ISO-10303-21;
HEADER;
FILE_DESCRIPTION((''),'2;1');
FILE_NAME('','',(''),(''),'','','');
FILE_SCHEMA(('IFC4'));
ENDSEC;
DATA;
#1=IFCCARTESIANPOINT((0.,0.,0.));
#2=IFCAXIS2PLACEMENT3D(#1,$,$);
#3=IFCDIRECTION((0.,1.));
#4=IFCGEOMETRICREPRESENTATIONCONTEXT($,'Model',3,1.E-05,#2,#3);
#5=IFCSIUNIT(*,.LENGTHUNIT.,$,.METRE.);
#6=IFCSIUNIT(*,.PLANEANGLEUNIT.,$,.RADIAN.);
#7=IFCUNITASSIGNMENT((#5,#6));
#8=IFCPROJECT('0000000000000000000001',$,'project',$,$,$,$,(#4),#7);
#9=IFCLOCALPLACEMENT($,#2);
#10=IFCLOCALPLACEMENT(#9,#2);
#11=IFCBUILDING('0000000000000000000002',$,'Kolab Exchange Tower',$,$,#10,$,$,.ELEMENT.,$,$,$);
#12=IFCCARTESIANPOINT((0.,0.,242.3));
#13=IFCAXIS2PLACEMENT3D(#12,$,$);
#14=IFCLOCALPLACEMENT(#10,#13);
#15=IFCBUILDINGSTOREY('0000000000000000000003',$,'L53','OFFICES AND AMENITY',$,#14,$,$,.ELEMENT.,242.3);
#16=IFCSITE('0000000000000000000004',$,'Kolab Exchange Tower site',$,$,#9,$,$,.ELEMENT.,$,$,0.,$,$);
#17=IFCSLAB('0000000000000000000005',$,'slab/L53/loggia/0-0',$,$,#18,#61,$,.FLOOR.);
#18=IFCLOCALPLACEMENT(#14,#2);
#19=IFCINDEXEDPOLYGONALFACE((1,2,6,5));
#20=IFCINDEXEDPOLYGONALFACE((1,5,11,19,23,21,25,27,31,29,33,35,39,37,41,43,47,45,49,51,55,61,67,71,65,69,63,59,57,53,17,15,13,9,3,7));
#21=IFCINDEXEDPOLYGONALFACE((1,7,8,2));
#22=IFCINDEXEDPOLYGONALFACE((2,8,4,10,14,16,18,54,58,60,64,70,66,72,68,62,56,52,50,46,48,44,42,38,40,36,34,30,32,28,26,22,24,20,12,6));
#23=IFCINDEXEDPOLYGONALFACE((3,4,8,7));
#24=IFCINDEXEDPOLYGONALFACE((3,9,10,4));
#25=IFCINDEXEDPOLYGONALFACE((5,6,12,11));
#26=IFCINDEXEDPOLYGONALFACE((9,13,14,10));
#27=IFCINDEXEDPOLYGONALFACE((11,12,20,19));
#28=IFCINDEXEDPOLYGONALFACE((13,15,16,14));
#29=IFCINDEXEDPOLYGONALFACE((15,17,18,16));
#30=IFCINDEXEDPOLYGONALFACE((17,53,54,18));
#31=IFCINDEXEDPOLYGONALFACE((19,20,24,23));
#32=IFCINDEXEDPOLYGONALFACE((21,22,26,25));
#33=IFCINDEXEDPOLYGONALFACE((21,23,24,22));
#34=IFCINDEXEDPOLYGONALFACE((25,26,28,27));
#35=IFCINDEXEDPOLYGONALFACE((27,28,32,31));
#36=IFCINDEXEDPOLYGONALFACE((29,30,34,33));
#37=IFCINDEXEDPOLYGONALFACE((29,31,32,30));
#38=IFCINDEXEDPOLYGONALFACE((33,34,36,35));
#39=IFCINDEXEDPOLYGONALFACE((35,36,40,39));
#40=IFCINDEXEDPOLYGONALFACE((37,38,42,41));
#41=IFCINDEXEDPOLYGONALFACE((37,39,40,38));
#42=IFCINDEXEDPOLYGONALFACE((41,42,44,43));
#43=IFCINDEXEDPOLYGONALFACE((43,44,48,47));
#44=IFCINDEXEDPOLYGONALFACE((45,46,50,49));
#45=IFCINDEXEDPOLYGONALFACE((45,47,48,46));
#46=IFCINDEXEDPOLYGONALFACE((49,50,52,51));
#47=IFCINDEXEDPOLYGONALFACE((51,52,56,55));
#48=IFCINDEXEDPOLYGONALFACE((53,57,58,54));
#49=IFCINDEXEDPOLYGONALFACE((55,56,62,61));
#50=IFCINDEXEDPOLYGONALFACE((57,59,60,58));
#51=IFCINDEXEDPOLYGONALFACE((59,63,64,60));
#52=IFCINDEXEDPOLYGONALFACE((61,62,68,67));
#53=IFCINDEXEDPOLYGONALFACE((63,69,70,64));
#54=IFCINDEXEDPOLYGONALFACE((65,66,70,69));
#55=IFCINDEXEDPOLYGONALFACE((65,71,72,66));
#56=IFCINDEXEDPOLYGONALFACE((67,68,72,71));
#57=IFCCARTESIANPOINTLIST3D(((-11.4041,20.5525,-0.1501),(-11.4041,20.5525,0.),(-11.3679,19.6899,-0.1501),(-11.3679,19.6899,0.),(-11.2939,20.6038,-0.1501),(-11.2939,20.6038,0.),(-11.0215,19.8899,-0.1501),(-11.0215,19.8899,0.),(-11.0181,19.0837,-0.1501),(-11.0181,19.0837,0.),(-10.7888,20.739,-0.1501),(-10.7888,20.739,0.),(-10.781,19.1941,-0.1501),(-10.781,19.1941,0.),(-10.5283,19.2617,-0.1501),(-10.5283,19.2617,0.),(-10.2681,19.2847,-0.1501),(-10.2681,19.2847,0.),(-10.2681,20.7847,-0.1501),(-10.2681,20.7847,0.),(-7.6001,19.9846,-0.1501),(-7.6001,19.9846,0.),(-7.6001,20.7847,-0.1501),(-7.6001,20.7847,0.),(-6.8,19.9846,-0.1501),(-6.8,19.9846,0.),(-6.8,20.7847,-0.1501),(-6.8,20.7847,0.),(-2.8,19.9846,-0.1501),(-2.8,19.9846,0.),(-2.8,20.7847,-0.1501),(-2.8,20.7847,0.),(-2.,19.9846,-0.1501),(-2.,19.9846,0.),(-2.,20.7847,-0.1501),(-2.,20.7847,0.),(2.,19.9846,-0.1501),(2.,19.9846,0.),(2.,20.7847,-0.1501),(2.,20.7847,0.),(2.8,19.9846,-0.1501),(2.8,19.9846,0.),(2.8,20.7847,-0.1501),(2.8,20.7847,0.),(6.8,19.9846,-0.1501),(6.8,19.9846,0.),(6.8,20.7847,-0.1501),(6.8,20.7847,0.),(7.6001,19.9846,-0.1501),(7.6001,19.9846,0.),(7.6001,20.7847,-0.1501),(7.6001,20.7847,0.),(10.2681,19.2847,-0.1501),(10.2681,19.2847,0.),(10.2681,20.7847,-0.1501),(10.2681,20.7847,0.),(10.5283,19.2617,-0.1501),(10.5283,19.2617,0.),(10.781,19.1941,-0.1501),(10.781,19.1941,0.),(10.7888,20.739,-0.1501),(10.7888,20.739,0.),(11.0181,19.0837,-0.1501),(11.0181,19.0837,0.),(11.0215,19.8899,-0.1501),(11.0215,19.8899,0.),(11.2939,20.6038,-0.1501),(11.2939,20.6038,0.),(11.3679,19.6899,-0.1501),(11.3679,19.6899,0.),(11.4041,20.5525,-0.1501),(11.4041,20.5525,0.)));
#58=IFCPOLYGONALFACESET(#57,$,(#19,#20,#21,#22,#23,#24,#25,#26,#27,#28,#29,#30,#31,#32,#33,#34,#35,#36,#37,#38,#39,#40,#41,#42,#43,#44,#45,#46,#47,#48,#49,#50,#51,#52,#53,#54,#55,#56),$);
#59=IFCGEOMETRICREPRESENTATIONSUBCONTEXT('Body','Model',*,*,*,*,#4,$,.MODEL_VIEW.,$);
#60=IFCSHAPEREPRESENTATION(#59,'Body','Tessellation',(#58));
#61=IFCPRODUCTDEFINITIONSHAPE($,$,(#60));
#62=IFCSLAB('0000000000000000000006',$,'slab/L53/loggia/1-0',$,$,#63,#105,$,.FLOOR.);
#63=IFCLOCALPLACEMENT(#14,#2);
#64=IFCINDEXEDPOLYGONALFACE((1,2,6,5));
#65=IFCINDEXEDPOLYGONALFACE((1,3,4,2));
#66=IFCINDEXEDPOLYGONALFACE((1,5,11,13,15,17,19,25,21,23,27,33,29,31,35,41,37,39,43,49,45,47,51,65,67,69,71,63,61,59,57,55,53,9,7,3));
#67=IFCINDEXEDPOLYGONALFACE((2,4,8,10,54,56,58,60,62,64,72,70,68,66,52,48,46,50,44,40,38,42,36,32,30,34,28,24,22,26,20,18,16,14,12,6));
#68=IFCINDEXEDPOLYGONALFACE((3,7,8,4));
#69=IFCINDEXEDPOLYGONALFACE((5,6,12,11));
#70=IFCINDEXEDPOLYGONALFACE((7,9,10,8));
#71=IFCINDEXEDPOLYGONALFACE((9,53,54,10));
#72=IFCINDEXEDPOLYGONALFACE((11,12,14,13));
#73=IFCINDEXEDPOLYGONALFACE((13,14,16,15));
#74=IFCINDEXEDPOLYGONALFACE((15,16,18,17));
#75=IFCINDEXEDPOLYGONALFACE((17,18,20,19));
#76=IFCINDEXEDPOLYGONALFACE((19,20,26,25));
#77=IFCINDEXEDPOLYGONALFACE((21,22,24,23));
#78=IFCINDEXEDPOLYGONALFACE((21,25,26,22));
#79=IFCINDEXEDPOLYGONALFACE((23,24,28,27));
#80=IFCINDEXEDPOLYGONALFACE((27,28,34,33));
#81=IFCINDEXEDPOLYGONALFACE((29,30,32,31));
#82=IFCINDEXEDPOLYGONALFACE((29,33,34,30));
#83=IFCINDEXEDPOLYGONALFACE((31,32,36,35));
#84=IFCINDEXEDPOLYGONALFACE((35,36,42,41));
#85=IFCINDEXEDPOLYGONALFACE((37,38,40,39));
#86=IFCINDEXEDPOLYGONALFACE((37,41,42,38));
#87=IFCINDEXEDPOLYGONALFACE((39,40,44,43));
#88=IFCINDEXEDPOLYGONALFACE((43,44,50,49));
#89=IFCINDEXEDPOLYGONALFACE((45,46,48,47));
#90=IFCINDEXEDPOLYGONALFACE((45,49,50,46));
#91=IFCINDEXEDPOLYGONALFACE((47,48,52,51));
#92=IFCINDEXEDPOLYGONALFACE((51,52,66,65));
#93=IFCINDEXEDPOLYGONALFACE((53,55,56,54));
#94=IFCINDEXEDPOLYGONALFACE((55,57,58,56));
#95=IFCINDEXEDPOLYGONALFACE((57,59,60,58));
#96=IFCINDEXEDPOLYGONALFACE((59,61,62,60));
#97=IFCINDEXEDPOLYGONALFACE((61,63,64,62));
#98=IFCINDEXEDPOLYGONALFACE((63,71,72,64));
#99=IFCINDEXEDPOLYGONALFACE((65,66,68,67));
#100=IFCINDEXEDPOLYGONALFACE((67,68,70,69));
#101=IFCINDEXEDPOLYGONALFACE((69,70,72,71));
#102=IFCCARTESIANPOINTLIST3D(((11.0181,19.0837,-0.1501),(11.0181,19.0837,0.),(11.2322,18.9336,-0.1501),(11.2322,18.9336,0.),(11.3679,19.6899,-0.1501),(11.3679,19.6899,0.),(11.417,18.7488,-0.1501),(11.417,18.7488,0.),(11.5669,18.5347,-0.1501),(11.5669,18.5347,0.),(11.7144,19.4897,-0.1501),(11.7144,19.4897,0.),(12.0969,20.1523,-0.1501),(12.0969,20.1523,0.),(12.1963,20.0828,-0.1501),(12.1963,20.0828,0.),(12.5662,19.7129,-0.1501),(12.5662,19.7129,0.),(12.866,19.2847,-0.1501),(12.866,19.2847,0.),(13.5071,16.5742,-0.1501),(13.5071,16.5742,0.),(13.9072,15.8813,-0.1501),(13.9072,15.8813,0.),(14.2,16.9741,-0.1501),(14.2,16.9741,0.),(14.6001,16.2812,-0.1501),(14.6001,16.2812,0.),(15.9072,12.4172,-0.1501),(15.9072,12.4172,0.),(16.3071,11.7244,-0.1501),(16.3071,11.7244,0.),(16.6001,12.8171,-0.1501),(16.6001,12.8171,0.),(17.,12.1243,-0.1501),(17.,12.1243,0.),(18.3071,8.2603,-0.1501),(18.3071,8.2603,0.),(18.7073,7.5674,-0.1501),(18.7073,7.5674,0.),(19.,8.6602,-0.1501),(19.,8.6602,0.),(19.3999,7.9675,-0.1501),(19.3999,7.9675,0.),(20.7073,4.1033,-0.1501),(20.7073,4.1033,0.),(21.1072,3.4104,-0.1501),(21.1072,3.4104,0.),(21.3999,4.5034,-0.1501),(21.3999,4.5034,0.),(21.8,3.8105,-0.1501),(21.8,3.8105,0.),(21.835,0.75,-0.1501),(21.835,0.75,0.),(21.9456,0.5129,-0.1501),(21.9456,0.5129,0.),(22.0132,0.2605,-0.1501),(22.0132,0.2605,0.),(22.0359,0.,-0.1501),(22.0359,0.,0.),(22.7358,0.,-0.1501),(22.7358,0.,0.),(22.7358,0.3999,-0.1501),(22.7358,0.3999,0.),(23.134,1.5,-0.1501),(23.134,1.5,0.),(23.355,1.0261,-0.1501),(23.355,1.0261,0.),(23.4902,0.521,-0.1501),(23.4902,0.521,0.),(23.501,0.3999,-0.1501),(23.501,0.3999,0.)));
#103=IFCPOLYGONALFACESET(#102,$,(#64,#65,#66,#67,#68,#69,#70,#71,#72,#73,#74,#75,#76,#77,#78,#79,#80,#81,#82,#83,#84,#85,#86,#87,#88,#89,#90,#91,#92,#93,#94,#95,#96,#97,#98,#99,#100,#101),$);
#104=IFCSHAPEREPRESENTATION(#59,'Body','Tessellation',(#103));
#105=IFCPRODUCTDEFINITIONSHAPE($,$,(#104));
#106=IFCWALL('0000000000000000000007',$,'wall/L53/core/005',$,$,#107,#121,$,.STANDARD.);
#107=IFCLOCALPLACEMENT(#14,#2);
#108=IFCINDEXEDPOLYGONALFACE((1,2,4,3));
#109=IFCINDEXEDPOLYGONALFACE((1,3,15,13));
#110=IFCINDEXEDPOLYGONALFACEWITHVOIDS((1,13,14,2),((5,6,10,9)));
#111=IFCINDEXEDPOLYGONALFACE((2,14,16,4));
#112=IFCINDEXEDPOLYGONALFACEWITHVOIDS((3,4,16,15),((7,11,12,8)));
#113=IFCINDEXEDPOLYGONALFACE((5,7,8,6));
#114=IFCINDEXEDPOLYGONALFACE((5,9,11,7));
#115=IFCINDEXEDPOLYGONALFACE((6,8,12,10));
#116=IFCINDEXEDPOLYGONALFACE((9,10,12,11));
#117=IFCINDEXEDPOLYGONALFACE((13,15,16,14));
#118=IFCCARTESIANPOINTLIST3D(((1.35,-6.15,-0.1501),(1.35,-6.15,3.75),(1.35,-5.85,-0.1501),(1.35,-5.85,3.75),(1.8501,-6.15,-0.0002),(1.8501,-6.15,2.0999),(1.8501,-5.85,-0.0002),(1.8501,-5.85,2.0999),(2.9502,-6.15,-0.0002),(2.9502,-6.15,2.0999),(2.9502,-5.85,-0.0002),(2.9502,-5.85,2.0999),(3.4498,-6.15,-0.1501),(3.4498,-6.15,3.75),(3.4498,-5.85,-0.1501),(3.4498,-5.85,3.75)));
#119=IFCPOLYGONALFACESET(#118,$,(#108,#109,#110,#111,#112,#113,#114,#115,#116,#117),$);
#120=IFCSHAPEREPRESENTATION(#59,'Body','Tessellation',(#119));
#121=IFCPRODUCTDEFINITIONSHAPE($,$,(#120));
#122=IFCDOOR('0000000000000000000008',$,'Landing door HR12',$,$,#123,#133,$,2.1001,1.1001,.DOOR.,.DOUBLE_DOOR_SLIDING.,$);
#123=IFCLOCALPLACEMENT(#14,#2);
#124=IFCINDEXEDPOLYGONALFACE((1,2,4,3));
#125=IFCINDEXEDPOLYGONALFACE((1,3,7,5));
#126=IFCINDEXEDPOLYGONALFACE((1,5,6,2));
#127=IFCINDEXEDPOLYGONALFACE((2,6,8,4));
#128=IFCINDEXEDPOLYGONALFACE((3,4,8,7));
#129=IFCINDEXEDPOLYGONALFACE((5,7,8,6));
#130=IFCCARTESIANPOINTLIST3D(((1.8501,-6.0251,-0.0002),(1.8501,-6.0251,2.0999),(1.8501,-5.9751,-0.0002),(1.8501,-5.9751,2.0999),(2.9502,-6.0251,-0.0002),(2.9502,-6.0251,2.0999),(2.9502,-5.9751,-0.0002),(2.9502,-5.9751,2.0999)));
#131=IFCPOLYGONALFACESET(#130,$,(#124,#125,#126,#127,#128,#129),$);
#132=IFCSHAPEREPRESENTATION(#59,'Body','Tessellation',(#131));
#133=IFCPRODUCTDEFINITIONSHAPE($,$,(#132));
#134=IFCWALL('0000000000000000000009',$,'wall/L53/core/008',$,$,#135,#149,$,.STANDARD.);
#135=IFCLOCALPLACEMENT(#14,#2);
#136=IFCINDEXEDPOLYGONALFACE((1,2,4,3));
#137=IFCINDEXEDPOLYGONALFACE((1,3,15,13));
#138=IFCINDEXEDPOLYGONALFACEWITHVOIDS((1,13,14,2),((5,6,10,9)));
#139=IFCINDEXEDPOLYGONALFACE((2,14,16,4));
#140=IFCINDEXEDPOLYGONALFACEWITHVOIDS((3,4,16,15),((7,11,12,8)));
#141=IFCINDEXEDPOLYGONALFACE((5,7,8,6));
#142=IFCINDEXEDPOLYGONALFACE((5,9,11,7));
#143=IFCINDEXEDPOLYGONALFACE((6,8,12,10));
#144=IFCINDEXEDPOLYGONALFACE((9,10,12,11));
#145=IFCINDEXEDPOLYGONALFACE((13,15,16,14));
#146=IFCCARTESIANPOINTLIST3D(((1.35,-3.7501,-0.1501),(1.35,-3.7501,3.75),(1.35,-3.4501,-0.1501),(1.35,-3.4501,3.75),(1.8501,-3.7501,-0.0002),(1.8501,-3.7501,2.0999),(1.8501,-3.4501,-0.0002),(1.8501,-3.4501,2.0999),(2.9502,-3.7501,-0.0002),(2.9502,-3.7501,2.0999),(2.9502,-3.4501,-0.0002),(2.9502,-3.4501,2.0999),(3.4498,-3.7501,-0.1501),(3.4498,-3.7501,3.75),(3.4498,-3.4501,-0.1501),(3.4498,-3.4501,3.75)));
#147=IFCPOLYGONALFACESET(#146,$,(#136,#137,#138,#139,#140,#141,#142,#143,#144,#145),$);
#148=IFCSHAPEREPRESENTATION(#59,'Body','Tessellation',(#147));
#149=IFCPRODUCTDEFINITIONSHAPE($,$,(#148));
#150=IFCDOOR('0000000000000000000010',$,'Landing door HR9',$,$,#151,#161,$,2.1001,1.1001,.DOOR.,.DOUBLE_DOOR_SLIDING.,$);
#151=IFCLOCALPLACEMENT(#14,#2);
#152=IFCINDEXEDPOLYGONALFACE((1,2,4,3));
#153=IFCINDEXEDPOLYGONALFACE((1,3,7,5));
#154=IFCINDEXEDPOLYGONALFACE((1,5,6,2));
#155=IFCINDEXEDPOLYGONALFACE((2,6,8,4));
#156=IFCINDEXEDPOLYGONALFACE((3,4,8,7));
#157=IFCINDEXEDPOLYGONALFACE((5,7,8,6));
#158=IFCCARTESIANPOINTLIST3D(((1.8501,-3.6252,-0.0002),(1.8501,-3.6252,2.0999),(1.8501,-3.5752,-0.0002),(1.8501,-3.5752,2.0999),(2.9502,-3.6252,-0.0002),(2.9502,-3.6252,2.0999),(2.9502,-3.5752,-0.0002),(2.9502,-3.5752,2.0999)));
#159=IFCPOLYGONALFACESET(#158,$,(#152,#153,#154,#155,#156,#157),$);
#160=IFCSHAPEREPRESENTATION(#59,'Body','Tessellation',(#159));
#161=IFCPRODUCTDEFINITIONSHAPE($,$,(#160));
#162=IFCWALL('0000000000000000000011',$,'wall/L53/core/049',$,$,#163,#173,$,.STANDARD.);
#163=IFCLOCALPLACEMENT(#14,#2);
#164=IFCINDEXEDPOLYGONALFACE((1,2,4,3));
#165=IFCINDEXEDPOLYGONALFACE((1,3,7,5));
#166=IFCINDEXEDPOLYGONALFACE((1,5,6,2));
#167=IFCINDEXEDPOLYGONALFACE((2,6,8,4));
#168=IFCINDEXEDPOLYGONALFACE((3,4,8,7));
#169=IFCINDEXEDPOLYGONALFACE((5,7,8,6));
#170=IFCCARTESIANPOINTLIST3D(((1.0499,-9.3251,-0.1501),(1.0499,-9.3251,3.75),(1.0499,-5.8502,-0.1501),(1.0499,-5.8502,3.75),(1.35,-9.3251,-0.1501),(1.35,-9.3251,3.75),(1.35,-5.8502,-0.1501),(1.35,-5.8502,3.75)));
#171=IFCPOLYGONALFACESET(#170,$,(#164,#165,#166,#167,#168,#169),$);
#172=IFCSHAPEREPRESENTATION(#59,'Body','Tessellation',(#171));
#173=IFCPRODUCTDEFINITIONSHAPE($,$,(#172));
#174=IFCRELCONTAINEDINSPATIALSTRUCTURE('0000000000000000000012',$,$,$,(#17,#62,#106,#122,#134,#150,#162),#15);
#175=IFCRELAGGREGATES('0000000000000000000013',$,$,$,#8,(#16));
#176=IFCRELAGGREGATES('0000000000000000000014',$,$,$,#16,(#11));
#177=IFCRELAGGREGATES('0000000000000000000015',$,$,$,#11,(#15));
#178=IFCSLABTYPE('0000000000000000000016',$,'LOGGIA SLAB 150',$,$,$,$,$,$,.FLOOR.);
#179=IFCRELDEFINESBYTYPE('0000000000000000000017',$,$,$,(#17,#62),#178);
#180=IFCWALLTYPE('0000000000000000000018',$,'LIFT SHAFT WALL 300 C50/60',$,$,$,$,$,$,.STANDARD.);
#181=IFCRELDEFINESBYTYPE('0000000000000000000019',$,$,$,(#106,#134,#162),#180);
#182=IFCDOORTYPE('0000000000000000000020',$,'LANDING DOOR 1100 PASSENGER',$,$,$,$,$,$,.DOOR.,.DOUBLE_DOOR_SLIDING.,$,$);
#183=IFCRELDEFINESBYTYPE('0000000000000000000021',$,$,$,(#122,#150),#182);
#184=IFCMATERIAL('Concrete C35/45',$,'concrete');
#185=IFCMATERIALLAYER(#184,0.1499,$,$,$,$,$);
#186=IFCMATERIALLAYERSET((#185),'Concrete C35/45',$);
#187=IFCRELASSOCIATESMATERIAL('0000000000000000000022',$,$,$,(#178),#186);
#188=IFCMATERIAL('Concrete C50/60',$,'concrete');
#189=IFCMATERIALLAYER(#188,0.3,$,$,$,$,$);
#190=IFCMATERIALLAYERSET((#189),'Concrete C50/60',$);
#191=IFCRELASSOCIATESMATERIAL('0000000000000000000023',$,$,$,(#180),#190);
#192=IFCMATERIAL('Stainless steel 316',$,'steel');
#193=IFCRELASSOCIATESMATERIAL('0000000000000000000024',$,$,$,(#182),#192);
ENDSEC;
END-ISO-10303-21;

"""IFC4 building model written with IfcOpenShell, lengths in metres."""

from ifc_helpers import new_model, si_unit, direction, frame, frame_2d, origin, place, context, subcontext, project, spatial, polyline, rectangle, outline, extrude, material, layer, layer_set, type_object, element, fill, save


model = new_model("IFC4")

# Units and contexts
model_context = context("Model", 3, precision=1e-05, world=origin(), true_north=direction((0.0, 1.0)))
body_context = subcontext(model_context, "Body", "Model", "MODEL_VIEW")
ifc_project = project(units=[si_unit("LENGTHUNIT", "METRE"), si_unit("PLANEANGLEUNIT", "RADIAN")], contexts=[model_context])

# Site, building, storey
site_placement = place(None, origin())
site = spatial("IfcSite", under=ifc_project, at=site_placement, Name="Kolab Exchange Tower site", CompositionType="ELEMENT", RefElevation=0.0)
building_placement = place(site_placement, origin())
building = spatial("IfcBuilding", under=site, at=building_placement, Name="Kolab Exchange Tower", CompositionType="ELEMENT")
storey_placement = place(building_placement, frame((0.0, 0.0, 242.3)))
storey = spatial("IfcBuildingStorey", under=building, at=storey_placement, Name="L53", Description="OFFICES AND AMENITY", CompositionType="ELEMENT", Elevation=242.3)

# Slabs
ifc_material_1 = material(Name="Concrete C35/45", Category="concrete")
ifc_layer_1 = layer(ifc_material_1, 0.1499)
ifc_layer_set_1 = layer_set([ifc_layer_1], Name="Concrete C35/45")
slab_type_1 = type_object("IfcSlabType", Name="LOGGIA SLAB 150", PredefinedType="FLOOR", material=ifc_layer_set_1)
slab_1_placement = place(storey_placement, frame((0.0, 0.0, -0.1501)))
element("IfcSlab", 1, at=slab_1_placement, inside=storey, type_object=slab_type_1, Name="slab/L53/loggia/0-0", PredefinedType="FLOOR", context=body_context, shape_type="SweptSolid", body=[
    extrude(outline(polyline([(11.0181, 19.0837), (11.3679, 19.6899), (11.0215, 19.8899), (11.4041, 20.5525), (11.2939, 20.6038), (10.7888, 20.739), (10.2681, 20.7847), (7.6001, 20.7847), (7.6001, 19.9846), (6.8, 19.9846), (6.8, 20.7847), (2.8, 20.7847), (2.8, 19.9846), (2.0, 19.9846), (2.0, 20.7847), (-2.0, 20.7847), (-2.0, 19.9846), (-2.8, 19.9846), (-2.8, 20.7847), (-6.8, 20.7847), (-6.8, 19.9846), (-7.6001, 19.9846), (-7.6001, 20.7847), (-10.2681, 20.7847), (-10.7888, 20.739), (-11.2939, 20.6038), (-11.4041, 20.5525), (-11.0215, 19.8899), (-11.3679, 19.6899), (-11.0181, 19.0837), (-10.781, 19.1941), (-10.5283, 19.2617), (-10.2681, 19.2847), (10.2681, 19.2847), (10.5283, 19.2617), (10.781, 19.1941), (11.0181, 19.0837)])), origin(), (0.0, 0.0, 1.0), 0.1501),
])
slab_2_placement = place(storey_placement, frame((0.0, 0.0, -0.1501)))
element("IfcSlab", 2, at=slab_2_placement, inside=storey, type_object=slab_type_1, Name="slab/L53/loggia/1-0", PredefinedType="FLOOR", context=body_context, shape_type="SweptSolid", body=[
    extrude(outline(polyline([(22.0359, 0.0), (22.7358, 0.0), (22.7358, 0.3999), (23.501, 0.3999), (23.4902, 0.521), (23.355, 1.0261), (23.134, 1.5), (21.8, 3.8105), (21.1072, 3.4104), (20.7073, 4.1033), (21.3999, 4.5034), (19.3999, 7.9675), (18.7073, 7.5674), (18.3071, 8.2603), (19.0, 8.6602), (17.0, 12.1243), (16.3071, 11.7244), (15.9072, 12.4172), (16.6001, 12.8171), (14.6001, 16.2812), (13.9072, 15.8813), (13.5071, 16.5742), (14.2, 16.9741), (12.866, 19.2847), (12.5662, 19.7129), (12.1963, 20.0828), (12.0969, 20.1523), (11.7144, 19.4897), (11.3679, 19.6899), (11.0181, 19.0837), (11.2322, 18.9336), (11.417, 18.7488), (11.5669, 18.5347), (21.835, 0.75), (21.9456, 0.5129), (22.0132, 0.2605), (22.0359, 0.0)])), origin(), (0.0, 0.0, 1.0), 0.1501),
])

# Walls, openings, doors
ifc_material_2 = material(Name="Concrete C50/60", Category="concrete")
ifc_layer_2 = layer(ifc_material_2, 0.3)
ifc_layer_set_2 = layer_set([ifc_layer_2], Name="Concrete C50/60")
wall_type_1 = type_object("IfcWallType", Name="LIFT SHAFT WALL 300 C50/60", PredefinedType="STANDARD", material=ifc_layer_set_2)
wall_1_placement = place(storey_placement, frame((1.3501, -6.0, -0.1501), z_axis=(0.0, 0.0, 1.0), x_axis=(1.0, 0.0, 0.0)))
wall_1 = element("IfcWall", 3, at=wall_1_placement, inside=storey, type_object=wall_type_1, Name="wall/L53/core/005", PredefinedType="STANDARD", context=body_context, shape_type="SweptSolid", body=[
    extrude(rectangle(XDim=2.0999, YDim=0.3, at=frame_2d((1.0498, 0.0))), origin(), (0.0, 0.0, 1.0), 3.9001),
])
opening_1_placement = place(wall_1_placement, frame((0.5, 0.0, 0.1499)))
opening_1 = element("IfcOpeningElement", 4, at=opening_1_placement, cuts=wall_1, PredefinedType="OPENING", context=body_context, shape_type="SweptSolid", body=[
    extrude(rectangle(XDim=1.1001, YDim=2.1001, at=frame_2d((0.55, 1.05))), frame((0.0, 0.1602, 0.0), z_axis=(0.0, -1.0, 0.0), x_axis=(1.0, 0.0, 0.0)), (0.0, 0.0, 1.0), 0.3201),
])
ifc_material_3 = material(Name="Stainless steel 316", Category="steel")
door_type_1 = type_object("IfcDoorType", Name="LANDING DOOR 1100 PASSENGER", OperationType="DOUBLE_DOOR_SLIDING", PredefinedType="DOOR", material=ifc_material_3)
door_1_placement = place(opening_1_placement, origin())
door_1 = element("IfcDoor", 5, at=door_1_placement, inside=storey, type_object=door_type_1, Name="Landing door HR12", OperationType="DOUBLE_DOOR_SLIDING", OverallHeight=2.1001, OverallWidth=1.1001, PredefinedType="DOOR", context=body_context, shape_type="SweptSolid", body=[
    extrude(rectangle(XDim=1.1001, YDim=2.1001, at=frame_2d((0.55, 1.05))), frame((0.0, 0.0249, 0.0), z_axis=(0.0, -1.0, 0.0), x_axis=(1.0, 0.0, 0.0)), (0.0, 0.0, 1.0), 0.05),
])
fill(opening_1, door_1)
wall_2_placement = place(storey_placement, frame((1.3501, -3.6001, -0.1501), z_axis=(0.0, 0.0, 1.0), x_axis=(1.0, 0.0, 0.0)))
wall_2 = element("IfcWall", 6, at=wall_2_placement, inside=storey, type_object=wall_type_1, Name="wall/L53/core/008", PredefinedType="STANDARD", context=body_context, shape_type="SweptSolid", body=[
    extrude(rectangle(XDim=2.0999, YDim=0.3, at=frame_2d((1.0498, 0.0))), origin(), (0.0, 0.0, 1.0), 3.9001),
])
opening_2_placement = place(wall_2_placement, frame((0.5, 0.0, 0.1499)))
opening_2 = element("IfcOpeningElement", 7, at=opening_2_placement, cuts=wall_2, PredefinedType="OPENING", context=body_context, shape_type="SweptSolid", body=[
    extrude(rectangle(XDim=1.1001, YDim=2.1001, at=frame_2d((0.55, 1.05))), frame((0.0, 0.1602, 0.0), z_axis=(0.0, -1.0, 0.0), x_axis=(1.0, 0.0, 0.0)), (0.0, 0.0, 1.0), 0.3201),
])
door_2_placement = place(opening_2_placement, origin())
door_2 = element("IfcDoor", 8, at=door_2_placement, inside=storey, type_object=door_type_1, Name="Landing door HR9", OperationType="DOUBLE_DOOR_SLIDING", OverallHeight=2.1001, OverallWidth=1.1001, PredefinedType="DOOR", context=body_context, shape_type="SweptSolid", body=[
    extrude(rectangle(XDim=1.1001, YDim=2.1001, at=frame_2d((0.55, 1.05))), frame((0.0, 0.0249, 0.0), z_axis=(0.0, -1.0, 0.0), x_axis=(1.0, 0.0, 0.0)), (0.0, 0.0, 1.0), 0.05),
])
fill(opening_2, door_2)

# Wall
wall_3_placement = place(storey_placement, frame((1.2, -9.325, -0.1501), z_axis=(0.0, 0.0, 1.0), x_axis=(0.0, 1.0, 0.0)))
element("IfcWall", 9, at=wall_3_placement, inside=storey, type_object=wall_type_1, Name="wall/L53/core/049", PredefinedType="STANDARD", context=body_context, shape_type="SweptSolid", body=[
    extrude(rectangle(XDim=3.4749, YDim=0.3, at=frame_2d((1.7373, 0.0))), origin(), (0.0, 0.0, 1.0), 3.9001),
])

save(model, "model.ifc")
